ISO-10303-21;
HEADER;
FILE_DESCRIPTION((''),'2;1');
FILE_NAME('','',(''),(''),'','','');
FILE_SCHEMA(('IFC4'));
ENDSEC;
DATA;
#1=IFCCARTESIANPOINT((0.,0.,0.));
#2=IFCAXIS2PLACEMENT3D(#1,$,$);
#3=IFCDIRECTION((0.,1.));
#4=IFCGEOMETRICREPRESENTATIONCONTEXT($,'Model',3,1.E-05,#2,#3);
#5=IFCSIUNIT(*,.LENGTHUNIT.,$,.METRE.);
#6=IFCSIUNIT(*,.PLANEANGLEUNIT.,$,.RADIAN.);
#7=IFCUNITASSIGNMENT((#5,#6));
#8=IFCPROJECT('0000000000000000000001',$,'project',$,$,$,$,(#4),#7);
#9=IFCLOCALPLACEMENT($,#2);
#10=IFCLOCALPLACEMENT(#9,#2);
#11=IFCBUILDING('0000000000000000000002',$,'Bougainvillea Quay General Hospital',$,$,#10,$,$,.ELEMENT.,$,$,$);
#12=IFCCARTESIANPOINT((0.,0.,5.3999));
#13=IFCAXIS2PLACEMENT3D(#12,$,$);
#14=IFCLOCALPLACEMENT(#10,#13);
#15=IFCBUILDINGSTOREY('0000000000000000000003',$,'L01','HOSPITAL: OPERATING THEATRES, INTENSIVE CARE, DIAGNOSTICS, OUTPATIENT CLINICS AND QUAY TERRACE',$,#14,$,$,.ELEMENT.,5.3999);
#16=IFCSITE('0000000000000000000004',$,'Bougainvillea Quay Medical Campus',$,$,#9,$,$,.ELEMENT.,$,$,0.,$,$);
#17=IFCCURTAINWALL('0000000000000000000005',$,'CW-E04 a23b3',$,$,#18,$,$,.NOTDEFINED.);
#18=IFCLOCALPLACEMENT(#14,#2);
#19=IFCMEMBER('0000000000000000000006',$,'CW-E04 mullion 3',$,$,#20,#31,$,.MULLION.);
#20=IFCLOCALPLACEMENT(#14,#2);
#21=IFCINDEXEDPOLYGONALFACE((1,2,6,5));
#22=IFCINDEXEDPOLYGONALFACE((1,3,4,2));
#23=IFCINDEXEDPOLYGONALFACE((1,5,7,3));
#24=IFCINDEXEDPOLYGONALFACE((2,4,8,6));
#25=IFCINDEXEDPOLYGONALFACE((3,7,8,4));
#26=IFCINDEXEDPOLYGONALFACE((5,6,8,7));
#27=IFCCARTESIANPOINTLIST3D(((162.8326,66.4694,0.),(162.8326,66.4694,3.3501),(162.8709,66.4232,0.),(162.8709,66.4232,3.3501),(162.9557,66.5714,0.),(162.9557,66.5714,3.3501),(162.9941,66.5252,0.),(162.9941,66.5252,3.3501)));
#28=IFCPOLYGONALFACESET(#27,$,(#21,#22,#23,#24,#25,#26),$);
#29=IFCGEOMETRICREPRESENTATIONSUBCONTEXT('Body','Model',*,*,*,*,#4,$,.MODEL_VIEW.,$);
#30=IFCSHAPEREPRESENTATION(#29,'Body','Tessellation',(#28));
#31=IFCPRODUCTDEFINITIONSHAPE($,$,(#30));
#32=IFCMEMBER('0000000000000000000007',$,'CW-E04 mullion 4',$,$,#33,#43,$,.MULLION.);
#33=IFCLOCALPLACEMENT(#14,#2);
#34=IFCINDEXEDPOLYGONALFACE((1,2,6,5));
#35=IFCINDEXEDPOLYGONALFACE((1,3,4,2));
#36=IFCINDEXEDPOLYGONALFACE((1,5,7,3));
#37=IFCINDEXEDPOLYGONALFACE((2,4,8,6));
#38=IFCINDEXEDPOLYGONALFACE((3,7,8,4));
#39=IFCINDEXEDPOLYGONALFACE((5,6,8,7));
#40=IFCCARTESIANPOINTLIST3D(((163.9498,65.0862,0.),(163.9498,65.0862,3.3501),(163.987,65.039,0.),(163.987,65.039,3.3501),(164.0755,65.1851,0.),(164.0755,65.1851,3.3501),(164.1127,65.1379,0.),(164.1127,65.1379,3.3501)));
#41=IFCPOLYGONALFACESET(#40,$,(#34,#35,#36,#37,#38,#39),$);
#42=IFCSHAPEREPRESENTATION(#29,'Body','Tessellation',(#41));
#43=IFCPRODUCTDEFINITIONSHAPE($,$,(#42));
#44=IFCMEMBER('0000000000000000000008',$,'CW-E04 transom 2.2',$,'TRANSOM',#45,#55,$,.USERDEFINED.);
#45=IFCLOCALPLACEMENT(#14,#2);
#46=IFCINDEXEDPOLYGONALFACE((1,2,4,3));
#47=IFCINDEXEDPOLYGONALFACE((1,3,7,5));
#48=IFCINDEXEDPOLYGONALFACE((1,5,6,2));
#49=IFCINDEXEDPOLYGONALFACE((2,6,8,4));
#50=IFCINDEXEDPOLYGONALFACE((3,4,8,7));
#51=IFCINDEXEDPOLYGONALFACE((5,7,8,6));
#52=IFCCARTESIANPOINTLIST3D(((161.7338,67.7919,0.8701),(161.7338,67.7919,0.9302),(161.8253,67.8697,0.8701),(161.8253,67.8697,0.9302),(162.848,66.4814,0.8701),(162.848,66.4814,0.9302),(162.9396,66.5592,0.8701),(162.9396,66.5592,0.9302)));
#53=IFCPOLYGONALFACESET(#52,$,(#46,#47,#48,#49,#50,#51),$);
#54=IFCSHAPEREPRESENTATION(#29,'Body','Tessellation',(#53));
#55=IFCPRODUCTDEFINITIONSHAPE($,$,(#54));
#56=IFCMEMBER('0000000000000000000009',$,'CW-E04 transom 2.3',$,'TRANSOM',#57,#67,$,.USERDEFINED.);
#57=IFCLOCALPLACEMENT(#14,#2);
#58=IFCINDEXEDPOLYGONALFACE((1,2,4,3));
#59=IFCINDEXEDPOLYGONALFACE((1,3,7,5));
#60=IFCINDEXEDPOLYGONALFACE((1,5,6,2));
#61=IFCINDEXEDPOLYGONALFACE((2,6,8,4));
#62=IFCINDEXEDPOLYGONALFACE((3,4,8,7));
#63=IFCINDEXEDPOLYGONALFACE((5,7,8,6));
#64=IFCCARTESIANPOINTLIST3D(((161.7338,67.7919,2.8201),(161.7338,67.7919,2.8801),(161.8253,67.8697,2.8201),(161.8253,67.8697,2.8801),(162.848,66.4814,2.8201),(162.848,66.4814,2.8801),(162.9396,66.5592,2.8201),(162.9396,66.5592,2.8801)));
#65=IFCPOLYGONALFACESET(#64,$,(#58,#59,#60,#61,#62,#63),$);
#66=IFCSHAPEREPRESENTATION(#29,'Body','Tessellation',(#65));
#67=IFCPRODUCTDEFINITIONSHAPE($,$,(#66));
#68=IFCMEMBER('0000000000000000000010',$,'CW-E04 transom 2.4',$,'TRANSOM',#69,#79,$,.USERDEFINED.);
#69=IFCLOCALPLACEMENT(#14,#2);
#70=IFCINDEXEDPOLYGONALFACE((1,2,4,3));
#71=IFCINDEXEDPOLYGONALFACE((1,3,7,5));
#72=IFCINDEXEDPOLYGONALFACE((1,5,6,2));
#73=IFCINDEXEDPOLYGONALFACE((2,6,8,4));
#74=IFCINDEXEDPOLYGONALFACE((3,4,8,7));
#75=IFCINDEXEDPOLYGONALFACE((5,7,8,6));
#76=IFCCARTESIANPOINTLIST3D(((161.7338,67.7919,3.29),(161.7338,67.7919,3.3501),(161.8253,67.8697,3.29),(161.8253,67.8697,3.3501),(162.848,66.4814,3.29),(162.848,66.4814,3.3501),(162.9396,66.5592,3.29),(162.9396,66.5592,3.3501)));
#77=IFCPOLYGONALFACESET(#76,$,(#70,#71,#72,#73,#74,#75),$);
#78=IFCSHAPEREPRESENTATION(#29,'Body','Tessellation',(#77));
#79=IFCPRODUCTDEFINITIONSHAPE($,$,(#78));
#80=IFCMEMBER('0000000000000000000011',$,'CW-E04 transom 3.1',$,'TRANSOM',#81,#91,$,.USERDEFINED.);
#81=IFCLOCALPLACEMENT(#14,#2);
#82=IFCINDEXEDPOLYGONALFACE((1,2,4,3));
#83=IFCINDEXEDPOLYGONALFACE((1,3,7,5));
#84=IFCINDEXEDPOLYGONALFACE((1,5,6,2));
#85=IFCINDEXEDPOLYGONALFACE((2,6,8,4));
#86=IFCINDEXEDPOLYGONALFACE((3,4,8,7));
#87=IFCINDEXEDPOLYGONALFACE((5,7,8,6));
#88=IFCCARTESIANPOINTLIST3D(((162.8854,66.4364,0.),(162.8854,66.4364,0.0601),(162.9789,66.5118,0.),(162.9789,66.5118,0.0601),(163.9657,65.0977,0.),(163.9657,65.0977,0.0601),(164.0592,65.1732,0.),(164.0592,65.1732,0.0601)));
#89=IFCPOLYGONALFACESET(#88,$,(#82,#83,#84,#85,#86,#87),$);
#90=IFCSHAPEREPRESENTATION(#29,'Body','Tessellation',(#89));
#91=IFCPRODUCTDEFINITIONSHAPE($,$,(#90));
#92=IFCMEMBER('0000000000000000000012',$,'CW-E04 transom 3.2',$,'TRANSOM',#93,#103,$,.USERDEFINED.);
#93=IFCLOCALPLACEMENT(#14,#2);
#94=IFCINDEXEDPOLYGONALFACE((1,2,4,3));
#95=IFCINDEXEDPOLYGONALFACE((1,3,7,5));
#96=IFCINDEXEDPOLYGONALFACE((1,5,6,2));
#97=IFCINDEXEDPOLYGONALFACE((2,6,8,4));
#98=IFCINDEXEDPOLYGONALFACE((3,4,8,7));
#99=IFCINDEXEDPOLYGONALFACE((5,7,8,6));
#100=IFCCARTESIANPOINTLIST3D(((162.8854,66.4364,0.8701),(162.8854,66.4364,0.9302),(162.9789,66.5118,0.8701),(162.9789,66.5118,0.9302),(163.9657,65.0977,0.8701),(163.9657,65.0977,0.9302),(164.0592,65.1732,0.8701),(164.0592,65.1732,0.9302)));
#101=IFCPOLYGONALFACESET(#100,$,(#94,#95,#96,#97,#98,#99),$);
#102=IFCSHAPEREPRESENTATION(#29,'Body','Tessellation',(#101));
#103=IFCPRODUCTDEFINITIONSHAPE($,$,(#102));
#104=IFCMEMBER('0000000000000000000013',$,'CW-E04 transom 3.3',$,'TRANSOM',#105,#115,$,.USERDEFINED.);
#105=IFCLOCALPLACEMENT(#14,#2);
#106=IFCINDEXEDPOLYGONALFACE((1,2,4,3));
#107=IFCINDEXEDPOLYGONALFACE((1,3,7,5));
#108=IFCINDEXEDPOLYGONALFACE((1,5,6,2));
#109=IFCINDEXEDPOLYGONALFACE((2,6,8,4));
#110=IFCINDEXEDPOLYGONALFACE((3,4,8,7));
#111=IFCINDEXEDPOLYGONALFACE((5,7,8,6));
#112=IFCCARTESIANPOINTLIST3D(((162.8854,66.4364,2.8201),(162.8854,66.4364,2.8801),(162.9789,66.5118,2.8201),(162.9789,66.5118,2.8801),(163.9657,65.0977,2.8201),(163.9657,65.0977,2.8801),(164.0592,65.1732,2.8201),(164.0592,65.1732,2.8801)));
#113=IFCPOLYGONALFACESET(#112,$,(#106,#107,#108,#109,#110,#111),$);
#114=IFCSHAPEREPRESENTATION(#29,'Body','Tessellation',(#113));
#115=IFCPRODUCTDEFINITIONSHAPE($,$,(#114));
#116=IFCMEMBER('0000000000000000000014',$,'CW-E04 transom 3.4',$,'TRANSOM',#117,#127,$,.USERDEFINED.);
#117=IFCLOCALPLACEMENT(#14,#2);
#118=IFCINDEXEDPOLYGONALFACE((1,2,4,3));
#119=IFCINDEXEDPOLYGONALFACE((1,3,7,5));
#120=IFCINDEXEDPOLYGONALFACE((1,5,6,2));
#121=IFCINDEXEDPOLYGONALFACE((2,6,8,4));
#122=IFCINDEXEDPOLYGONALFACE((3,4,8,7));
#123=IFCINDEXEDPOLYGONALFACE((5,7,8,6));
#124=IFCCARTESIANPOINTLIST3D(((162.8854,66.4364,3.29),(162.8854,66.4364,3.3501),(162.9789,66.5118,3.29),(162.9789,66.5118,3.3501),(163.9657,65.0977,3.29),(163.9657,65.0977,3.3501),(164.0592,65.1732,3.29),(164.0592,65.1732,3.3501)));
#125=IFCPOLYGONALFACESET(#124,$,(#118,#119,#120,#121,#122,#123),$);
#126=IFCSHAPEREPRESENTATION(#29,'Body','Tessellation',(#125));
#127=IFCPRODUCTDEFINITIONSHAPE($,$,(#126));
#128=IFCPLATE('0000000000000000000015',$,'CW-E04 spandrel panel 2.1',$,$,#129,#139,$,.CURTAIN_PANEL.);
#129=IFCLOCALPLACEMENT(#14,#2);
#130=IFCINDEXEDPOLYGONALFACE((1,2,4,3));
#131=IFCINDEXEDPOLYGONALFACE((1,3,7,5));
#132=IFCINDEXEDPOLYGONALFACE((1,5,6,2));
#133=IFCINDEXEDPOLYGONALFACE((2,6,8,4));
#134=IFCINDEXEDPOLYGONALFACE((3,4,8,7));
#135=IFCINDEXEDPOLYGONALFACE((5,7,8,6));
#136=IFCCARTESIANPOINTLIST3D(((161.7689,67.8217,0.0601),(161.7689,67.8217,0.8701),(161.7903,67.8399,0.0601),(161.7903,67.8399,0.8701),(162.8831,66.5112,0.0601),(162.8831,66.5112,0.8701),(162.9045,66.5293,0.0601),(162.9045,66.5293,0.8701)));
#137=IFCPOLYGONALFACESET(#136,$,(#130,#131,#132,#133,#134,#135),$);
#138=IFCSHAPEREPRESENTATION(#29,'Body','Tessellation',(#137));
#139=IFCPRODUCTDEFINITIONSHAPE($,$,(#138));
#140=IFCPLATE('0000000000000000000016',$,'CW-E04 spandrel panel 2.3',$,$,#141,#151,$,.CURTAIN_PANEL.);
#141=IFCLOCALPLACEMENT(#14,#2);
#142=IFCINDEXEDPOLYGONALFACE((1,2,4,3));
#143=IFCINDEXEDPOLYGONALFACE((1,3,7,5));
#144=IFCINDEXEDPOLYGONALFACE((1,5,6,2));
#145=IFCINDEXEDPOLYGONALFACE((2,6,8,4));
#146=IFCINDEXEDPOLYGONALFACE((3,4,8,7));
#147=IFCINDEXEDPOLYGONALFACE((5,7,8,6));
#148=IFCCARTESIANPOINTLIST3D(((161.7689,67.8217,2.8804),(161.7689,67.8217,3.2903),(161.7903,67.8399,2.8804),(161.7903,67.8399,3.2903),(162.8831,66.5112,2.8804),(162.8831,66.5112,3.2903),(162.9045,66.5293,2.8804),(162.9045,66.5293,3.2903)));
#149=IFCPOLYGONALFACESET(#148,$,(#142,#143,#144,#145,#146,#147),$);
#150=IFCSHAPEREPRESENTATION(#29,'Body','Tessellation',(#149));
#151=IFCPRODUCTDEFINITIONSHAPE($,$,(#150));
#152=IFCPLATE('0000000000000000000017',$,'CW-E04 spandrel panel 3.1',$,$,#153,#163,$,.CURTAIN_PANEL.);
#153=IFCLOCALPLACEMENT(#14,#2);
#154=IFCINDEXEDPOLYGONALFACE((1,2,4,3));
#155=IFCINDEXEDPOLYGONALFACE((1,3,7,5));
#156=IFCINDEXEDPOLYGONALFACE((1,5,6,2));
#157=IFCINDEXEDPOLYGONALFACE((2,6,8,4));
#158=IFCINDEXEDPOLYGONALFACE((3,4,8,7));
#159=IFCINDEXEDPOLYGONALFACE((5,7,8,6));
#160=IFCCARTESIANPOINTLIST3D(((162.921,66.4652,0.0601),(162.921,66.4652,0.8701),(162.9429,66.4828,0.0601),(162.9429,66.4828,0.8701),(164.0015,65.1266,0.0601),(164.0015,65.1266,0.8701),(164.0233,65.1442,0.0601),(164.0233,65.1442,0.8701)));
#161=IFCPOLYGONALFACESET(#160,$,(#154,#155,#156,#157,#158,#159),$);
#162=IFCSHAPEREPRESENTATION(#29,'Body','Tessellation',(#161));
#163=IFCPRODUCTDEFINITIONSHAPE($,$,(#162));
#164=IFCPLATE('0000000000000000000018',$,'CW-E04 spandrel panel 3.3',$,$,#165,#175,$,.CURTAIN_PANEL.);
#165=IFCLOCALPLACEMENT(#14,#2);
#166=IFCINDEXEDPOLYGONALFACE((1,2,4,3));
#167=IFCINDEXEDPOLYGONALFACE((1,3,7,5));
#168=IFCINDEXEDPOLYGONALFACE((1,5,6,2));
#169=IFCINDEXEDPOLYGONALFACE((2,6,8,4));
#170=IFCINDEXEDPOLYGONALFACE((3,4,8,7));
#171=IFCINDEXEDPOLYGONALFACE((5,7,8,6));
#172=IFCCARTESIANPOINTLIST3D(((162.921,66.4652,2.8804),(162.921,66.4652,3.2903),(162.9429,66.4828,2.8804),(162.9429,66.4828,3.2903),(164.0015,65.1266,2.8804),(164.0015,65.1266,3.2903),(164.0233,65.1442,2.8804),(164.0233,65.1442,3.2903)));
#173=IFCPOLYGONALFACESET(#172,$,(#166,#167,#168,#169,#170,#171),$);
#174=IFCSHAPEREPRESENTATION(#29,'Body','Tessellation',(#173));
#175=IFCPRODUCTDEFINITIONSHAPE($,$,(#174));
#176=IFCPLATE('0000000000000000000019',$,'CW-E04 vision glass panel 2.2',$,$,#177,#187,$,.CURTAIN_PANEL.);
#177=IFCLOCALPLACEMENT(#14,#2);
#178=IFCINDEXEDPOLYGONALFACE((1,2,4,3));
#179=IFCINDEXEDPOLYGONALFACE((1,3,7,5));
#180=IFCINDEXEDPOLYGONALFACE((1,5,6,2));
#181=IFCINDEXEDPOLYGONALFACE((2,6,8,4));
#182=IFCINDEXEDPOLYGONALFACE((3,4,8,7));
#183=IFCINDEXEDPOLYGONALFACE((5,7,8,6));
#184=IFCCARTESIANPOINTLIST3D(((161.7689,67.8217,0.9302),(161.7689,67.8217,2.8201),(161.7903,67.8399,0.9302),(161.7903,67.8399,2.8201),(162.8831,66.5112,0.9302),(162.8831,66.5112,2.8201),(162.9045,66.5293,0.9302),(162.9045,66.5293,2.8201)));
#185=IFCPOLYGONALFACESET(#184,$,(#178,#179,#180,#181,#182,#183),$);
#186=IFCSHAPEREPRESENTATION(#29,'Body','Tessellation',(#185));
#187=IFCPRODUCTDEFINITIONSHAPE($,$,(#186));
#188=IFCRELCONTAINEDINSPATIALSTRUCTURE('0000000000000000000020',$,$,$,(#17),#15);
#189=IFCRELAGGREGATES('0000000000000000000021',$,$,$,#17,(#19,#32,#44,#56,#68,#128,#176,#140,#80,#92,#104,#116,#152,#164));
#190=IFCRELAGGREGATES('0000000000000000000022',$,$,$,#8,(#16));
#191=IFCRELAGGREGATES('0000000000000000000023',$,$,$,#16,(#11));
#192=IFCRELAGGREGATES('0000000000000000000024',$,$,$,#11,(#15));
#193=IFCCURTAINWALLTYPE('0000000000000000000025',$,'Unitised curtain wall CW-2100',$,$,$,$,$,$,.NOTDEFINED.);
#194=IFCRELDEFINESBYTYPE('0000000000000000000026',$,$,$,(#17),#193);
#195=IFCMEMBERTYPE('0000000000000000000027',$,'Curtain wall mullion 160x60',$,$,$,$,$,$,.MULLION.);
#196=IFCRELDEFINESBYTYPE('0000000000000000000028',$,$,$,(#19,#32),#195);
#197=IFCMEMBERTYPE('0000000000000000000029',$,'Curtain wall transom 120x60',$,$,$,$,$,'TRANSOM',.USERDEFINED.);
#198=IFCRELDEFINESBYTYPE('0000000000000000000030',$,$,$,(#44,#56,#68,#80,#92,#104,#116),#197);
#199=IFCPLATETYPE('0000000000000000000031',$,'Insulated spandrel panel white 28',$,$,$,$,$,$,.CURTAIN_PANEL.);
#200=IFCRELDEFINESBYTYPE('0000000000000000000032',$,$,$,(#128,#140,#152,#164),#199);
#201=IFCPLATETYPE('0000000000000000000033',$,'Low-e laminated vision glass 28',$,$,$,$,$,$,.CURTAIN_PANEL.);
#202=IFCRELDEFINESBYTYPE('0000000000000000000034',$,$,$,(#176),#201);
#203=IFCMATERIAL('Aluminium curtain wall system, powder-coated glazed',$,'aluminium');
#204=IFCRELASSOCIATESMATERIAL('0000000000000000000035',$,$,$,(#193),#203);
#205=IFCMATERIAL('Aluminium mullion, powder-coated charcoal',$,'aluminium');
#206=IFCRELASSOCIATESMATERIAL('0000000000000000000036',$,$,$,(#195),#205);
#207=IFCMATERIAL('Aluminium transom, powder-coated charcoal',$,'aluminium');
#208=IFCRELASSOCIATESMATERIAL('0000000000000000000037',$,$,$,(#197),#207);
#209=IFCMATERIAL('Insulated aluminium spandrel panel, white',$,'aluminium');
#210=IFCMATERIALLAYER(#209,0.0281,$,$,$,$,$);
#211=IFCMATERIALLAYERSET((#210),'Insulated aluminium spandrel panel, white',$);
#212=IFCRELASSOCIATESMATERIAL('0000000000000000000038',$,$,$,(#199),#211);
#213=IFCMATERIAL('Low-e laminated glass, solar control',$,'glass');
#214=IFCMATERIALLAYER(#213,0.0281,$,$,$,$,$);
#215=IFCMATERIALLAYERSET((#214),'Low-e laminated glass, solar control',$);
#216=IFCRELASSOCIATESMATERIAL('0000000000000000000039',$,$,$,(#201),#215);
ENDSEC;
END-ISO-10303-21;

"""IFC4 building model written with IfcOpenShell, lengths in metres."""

from ifc_helpers import new_model, si_unit, direction, frame, origin, origin_2d, place, context, subcontext, project, spatial, rectangle, extrude, material, layer, layer_set, material_profile, profile_set, type_object, element, aggregate, save


model = new_model("IFC4")

# Units and contexts
model_context = context("Model", 3, precision=1e-05, world=origin(), true_north=direction((0.0, 1.0)))
body_context = subcontext(model_context, "Body", "Model", "MODEL_VIEW")
ifc_project = project(units=[si_unit("LENGTHUNIT", "METRE"), si_unit("PLANEANGLEUNIT", "RADIAN")], contexts=[model_context])

# Site, building, storey
site_placement = place(None, origin())
site = spatial("IfcSite", under=ifc_project, at=site_placement, Name="Bougainvillea Quay Medical Campus", CompositionType="ELEMENT", RefElevation=0.0)
building_placement = place(site_placement, origin())
building = spatial("IfcBuilding", under=site, at=building_placement, Name="Bougainvillea Quay General Hospital", CompositionType="ELEMENT")
storey_placement = place(building_placement, frame((0.0, 0.0, 5.3999)))
storey = spatial("IfcBuildingStorey", under=building, at=storey_placement, Name="L01", Description="HOSPITAL: OPERATING THEATRES, INTENSIVE CARE, DIAGNOSTICS, OUTPATIENT CLINICS AND QUAY TERRACE", CompositionType="ELEMENT", Elevation=5.3999)

# Curtain wall, members, plates
ifc_material_1 = material(Name="Aluminium curtain wall system, powder-coated glazed", Category="aluminium")
curtain_wall_type = type_object("IfcCurtainWallType", Name="Unitised curtain wall CW-2100", PredefinedType="NOTDEFINED", material=ifc_material_1)
curtain_wall_placement = place(storey_placement, origin())
curtain_wall = element("IfcCurtainWall", 1, at=curtain_wall_placement, inside=storey, type_object=curtain_wall_type, Name="CW-E04 a23b3", PredefinedType="NOTDEFINED")
ifc_material_2 = material(Name="Aluminium mullion, powder-coated charcoal", Category="aluminium")
ifc_material_profile_1 = material_profile(ifc_material_2, rectangle(XDim=0.1599, YDim=0.0601, at=origin_2d()))
ifc_profile_set_1 = profile_set([ifc_material_profile_1], Name="Aluminium mullion, powder-coated charcoal")
member_type_1 = type_object("IfcMemberType", Name="Curtain wall mullion 160x60", PredefinedType="MULLION", material=ifc_profile_set_1)
member_1_placement = place(storey_placement, frame((162.9133, 66.4973, 0.0), z_axis=(0.0, 0.0, 1.0), x_axis=(0.770077, 0.637951, 0.0)))
member_1 = element("IfcMember", 2, at=member_1_placement, type_object=member_type_1, Name="CW-E04 mullion 3", PredefinedType="MULLION", context=body_context, shape_type="SweptSolid", body=[
    extrude(rectangle(XDim=0.1599, YDim=0.0601, at=origin_2d()), origin(), (0.0, 0.0, 1.0), 3.3501),
])
member_2_placement = place(storey_placement, frame((164.0312, 65.1121, 0.0), z_axis=(0.0, 0.0, 1.0), x_axis=(0.786107, 0.61809, 0.0)))
member_2 = element("IfcMember", 3, at=member_2_placement, type_object=member_type_1, Name="CW-E04 mullion 4", PredefinedType="MULLION", context=body_context, shape_type="SweptSolid", body=[
    extrude(rectangle(XDim=0.1599, YDim=0.0601, at=origin_2d()), origin(), (0.0, 0.0, 1.0), 3.3501),
])
ifc_material_3 = material(Name="Aluminium transom, powder-coated charcoal", Category="aluminium")
ifc_material_profile_2 = material_profile(ifc_material_3, rectangle(XDim=0.1201, YDim=0.0601, at=origin_2d()))
ifc_profile_set_2 = profile_set([ifc_material_profile_2], Name="Aluminium transom, powder-coated charcoal")
member_type_2 = type_object("IfcMemberType", Name="Curtain wall transom 120x60", ElementType="TRANSOM", PredefinedType="USERDEFINED", material=ifc_profile_set_2)
member_3_placement = place(storey_placement, frame((161.7795, 67.8308, 0.9001), z_axis=(0.647747, -0.761855, 0.0), x_axis=(0.761855, 0.647747, 0.0)))
member_3 = element("IfcMember", 4, at=member_3_placement, type_object=member_type_2, Name="CW-E04 transom 2.2", ObjectType="TRANSOM", PredefinedType="USERDEFINED", context=body_context, shape_type="SweptSolid", body=[
    extrude(rectangle(XDim=0.1201, YDim=0.0601, at=origin_2d()), origin(), (0.0, 0.0, 1.0), 1.7202),
])
member_4_placement = place(storey_placement, frame((161.7795, 67.8308, 2.8501), z_axis=(0.647747, -0.761855, 0.0), x_axis=(0.761855, 0.647747, 0.0)))
member_4 = element("IfcMember", 5, at=member_4_placement, type_object=member_type_2, Name="CW-E04 transom 2.3", ObjectType="TRANSOM", PredefinedType="USERDEFINED", context=body_context, shape_type="SweptSolid", body=[
    extrude(rectangle(XDim=0.1201, YDim=0.0601, at=origin_2d()), origin(), (0.0, 0.0, 1.0), 1.7202),
])
member_5_placement = place(storey_placement, frame((161.7795, 67.8308, 3.3201), z_axis=(0.647747, -0.761855, 0.0), x_axis=(0.761855, 0.647747, 0.0)))
member_5 = element("IfcMember", 6, at=member_5_placement, type_object=member_type_2, Name="CW-E04 transom 2.4", ObjectType="TRANSOM", PredefinedType="USERDEFINED", context=body_context, shape_type="SweptSolid", body=[
    extrude(rectangle(XDim=0.1201, YDim=0.0601, at=origin_2d()), origin(), (0.0, 0.0, 1.0), 1.7202),
])
member_6_placement = place(storey_placement, frame((162.9321, 66.4741, 0.03), z_axis=(0.62803, -0.778189, 0.0), x_axis=(0.778189, 0.62803, 0.0)))
member_6 = element("IfcMember", 7, at=member_6_placement, type_object=member_type_2, Name="CW-E04 transom 3.1", ObjectType="TRANSOM", PredefinedType="USERDEFINED", context=body_context, shape_type="SweptSolid", body=[
    extrude(rectangle(XDim=0.1201, YDim=0.0601, at=origin_2d()), origin(), (0.0, 0.0, 1.0), 1.7202),
])
member_7_placement = place(storey_placement, frame((162.9321, 66.4741, 0.9001), z_axis=(0.62803, -0.778189, 0.0), x_axis=(0.778189, 0.62803, 0.0)))
member_7 = element("IfcMember", 8, at=member_7_placement, type_object=member_type_2, Name="CW-E04 transom 3.2", ObjectType="TRANSOM", PredefinedType="USERDEFINED", context=body_context, shape_type="SweptSolid", body=[
    extrude(rectangle(XDim=0.1201, YDim=0.0601, at=origin_2d()), origin(), (0.0, 0.0, 1.0), 1.7202),
])
member_8_placement = place(storey_placement, frame((162.9321, 66.4741, 2.8501), z_axis=(0.62803, -0.778189, 0.0), x_axis=(0.778189, 0.62803, 0.0)))
member_8 = element("IfcMember", 9, at=member_8_placement, type_object=member_type_2, Name="CW-E04 transom 3.3", ObjectType="TRANSOM", PredefinedType="USERDEFINED", context=body_context, shape_type="SweptSolid", body=[
    extrude(rectangle(XDim=0.1201, YDim=0.0601, at=origin_2d()), origin(), (0.0, 0.0, 1.0), 1.7202),
])
member_9_placement = place(storey_placement, frame((162.9321, 66.4741, 3.3201), z_axis=(0.62803, -0.778189, 0.0), x_axis=(0.778189, 0.62803, 0.0)))
member_9 = element("IfcMember", 10, at=member_9_placement, type_object=member_type_2, Name="CW-E04 transom 3.4", ObjectType="TRANSOM", PredefinedType="USERDEFINED", context=body_context, shape_type="SweptSolid", body=[
    extrude(rectangle(XDim=0.1201, YDim=0.0601, at=origin_2d()), origin(), (0.0, 0.0, 1.0), 1.7202),
])
ifc_material_4 = material(Name="Insulated aluminium spandrel panel, white", Category="aluminium")
ifc_layer_1 = layer(ifc_material_4, 0.0281)
ifc_layer_set_1 = layer_set([ifc_layer_1], Name="Insulated aluminium spandrel panel, white")
plate_type_1 = type_object("IfcPlateType", Name="Insulated spandrel panel white 28", PredefinedType="CURTAIN_PANEL", material=ifc_layer_set_1)
plate_1_placement = place(storey_placement, frame((162.3367, 67.1755, 0.0601), z_axis=(0.0, 0.0, 1.0), x_axis=(0.647726, -0.761873, 0.0)))
plate_1 = element("IfcPlate", 11, at=plate_1_placement, type_object=plate_type_1, Name="CW-E04 spandrel panel 2.1", PredefinedType="CURTAIN_PANEL", context=body_context, shape_type="SweptSolid", body=[
    extrude(rectangle(XDim=1.7202, YDim=0.0281, at=origin_2d()), origin(), (0.0, 0.0, 1.0), 0.8101),
])
plate_2_placement = place(storey_placement, frame((162.3367, 67.1755, 2.8804), z_axis=(0.0, 0.0, 1.0), x_axis=(0.647726, -0.761873, 0.0)))
plate_2 = element("IfcPlate", 12, at=plate_2_placement, type_object=plate_type_1, Name="CW-E04 spandrel panel 2.3", PredefinedType="CURTAIN_PANEL", context=body_context, shape_type="SweptSolid", body=[
    extrude(rectangle(XDim=1.7202, YDim=0.0281, at=origin_2d()), origin(), (0.0, 0.0, 1.0), 0.4099),
])
plate_3_placement = place(storey_placement, frame((163.4722, 65.8047, 0.0601), z_axis=(0.0, 0.0, 1.0), x_axis=(0.628072, -0.778155, 0.0)))
plate_3 = element("IfcPlate", 13, at=plate_3_placement, type_object=plate_type_1, Name="CW-E04 spandrel panel 3.1", PredefinedType="CURTAIN_PANEL", context=body_context, shape_type="SweptSolid", body=[
    extrude(rectangle(XDim=1.7202, YDim=0.0281, at=origin_2d()), origin(), (0.0, 0.0, 1.0), 0.8101),
])
plate_4_placement = place(storey_placement, frame((163.4722, 65.8047, 2.8804), z_axis=(0.0, 0.0, 1.0), x_axis=(0.628072, -0.778155, 0.0)))
plate_4 = element("IfcPlate", 14, at=plate_4_placement, type_object=plate_type_1, Name="CW-E04 spandrel panel 3.3", PredefinedType="CURTAIN_PANEL", context=body_context, shape_type="SweptSolid", body=[
    extrude(rectangle(XDim=1.7202, YDim=0.0281, at=origin_2d()), origin(), (0.0, 0.0, 1.0), 0.4099),
])
ifc_material_5 = material(Name="Low-e laminated glass, solar control", Category="glass")
ifc_layer_2 = layer(ifc_material_5, 0.0281)
ifc_layer_set_2 = layer_set([ifc_layer_2], Name="Low-e laminated glass, solar control")
plate_type_2 = type_object("IfcPlateType", Name="Low-e laminated vision glass 28", PredefinedType="CURTAIN_PANEL", material=ifc_layer_set_2)
plate_5_placement = place(storey_placement, frame((162.3367, 67.1755, 0.9302), z_axis=(0.0, 0.0, 1.0), x_axis=(0.647726, -0.761873, 0.0)))
plate_5 = element("IfcPlate", 15, at=plate_5_placement, type_object=plate_type_2, Name="CW-E04 vision glass panel 2.2", PredefinedType="CURTAIN_PANEL", context=body_context, shape_type="SweptSolid", body=[
    extrude(rectangle(XDim=1.7202, YDim=0.0281, at=origin_2d()), origin(), (0.0, 0.0, 1.0), 1.8899),
])
aggregate(curtain_wall, [member_1, member_2, member_3, member_4, member_5, plate_1, plate_5, plate_2, member_6, member_7, member_8, member_9, plate_3, plate_4])

save(model, "model.ifc")
